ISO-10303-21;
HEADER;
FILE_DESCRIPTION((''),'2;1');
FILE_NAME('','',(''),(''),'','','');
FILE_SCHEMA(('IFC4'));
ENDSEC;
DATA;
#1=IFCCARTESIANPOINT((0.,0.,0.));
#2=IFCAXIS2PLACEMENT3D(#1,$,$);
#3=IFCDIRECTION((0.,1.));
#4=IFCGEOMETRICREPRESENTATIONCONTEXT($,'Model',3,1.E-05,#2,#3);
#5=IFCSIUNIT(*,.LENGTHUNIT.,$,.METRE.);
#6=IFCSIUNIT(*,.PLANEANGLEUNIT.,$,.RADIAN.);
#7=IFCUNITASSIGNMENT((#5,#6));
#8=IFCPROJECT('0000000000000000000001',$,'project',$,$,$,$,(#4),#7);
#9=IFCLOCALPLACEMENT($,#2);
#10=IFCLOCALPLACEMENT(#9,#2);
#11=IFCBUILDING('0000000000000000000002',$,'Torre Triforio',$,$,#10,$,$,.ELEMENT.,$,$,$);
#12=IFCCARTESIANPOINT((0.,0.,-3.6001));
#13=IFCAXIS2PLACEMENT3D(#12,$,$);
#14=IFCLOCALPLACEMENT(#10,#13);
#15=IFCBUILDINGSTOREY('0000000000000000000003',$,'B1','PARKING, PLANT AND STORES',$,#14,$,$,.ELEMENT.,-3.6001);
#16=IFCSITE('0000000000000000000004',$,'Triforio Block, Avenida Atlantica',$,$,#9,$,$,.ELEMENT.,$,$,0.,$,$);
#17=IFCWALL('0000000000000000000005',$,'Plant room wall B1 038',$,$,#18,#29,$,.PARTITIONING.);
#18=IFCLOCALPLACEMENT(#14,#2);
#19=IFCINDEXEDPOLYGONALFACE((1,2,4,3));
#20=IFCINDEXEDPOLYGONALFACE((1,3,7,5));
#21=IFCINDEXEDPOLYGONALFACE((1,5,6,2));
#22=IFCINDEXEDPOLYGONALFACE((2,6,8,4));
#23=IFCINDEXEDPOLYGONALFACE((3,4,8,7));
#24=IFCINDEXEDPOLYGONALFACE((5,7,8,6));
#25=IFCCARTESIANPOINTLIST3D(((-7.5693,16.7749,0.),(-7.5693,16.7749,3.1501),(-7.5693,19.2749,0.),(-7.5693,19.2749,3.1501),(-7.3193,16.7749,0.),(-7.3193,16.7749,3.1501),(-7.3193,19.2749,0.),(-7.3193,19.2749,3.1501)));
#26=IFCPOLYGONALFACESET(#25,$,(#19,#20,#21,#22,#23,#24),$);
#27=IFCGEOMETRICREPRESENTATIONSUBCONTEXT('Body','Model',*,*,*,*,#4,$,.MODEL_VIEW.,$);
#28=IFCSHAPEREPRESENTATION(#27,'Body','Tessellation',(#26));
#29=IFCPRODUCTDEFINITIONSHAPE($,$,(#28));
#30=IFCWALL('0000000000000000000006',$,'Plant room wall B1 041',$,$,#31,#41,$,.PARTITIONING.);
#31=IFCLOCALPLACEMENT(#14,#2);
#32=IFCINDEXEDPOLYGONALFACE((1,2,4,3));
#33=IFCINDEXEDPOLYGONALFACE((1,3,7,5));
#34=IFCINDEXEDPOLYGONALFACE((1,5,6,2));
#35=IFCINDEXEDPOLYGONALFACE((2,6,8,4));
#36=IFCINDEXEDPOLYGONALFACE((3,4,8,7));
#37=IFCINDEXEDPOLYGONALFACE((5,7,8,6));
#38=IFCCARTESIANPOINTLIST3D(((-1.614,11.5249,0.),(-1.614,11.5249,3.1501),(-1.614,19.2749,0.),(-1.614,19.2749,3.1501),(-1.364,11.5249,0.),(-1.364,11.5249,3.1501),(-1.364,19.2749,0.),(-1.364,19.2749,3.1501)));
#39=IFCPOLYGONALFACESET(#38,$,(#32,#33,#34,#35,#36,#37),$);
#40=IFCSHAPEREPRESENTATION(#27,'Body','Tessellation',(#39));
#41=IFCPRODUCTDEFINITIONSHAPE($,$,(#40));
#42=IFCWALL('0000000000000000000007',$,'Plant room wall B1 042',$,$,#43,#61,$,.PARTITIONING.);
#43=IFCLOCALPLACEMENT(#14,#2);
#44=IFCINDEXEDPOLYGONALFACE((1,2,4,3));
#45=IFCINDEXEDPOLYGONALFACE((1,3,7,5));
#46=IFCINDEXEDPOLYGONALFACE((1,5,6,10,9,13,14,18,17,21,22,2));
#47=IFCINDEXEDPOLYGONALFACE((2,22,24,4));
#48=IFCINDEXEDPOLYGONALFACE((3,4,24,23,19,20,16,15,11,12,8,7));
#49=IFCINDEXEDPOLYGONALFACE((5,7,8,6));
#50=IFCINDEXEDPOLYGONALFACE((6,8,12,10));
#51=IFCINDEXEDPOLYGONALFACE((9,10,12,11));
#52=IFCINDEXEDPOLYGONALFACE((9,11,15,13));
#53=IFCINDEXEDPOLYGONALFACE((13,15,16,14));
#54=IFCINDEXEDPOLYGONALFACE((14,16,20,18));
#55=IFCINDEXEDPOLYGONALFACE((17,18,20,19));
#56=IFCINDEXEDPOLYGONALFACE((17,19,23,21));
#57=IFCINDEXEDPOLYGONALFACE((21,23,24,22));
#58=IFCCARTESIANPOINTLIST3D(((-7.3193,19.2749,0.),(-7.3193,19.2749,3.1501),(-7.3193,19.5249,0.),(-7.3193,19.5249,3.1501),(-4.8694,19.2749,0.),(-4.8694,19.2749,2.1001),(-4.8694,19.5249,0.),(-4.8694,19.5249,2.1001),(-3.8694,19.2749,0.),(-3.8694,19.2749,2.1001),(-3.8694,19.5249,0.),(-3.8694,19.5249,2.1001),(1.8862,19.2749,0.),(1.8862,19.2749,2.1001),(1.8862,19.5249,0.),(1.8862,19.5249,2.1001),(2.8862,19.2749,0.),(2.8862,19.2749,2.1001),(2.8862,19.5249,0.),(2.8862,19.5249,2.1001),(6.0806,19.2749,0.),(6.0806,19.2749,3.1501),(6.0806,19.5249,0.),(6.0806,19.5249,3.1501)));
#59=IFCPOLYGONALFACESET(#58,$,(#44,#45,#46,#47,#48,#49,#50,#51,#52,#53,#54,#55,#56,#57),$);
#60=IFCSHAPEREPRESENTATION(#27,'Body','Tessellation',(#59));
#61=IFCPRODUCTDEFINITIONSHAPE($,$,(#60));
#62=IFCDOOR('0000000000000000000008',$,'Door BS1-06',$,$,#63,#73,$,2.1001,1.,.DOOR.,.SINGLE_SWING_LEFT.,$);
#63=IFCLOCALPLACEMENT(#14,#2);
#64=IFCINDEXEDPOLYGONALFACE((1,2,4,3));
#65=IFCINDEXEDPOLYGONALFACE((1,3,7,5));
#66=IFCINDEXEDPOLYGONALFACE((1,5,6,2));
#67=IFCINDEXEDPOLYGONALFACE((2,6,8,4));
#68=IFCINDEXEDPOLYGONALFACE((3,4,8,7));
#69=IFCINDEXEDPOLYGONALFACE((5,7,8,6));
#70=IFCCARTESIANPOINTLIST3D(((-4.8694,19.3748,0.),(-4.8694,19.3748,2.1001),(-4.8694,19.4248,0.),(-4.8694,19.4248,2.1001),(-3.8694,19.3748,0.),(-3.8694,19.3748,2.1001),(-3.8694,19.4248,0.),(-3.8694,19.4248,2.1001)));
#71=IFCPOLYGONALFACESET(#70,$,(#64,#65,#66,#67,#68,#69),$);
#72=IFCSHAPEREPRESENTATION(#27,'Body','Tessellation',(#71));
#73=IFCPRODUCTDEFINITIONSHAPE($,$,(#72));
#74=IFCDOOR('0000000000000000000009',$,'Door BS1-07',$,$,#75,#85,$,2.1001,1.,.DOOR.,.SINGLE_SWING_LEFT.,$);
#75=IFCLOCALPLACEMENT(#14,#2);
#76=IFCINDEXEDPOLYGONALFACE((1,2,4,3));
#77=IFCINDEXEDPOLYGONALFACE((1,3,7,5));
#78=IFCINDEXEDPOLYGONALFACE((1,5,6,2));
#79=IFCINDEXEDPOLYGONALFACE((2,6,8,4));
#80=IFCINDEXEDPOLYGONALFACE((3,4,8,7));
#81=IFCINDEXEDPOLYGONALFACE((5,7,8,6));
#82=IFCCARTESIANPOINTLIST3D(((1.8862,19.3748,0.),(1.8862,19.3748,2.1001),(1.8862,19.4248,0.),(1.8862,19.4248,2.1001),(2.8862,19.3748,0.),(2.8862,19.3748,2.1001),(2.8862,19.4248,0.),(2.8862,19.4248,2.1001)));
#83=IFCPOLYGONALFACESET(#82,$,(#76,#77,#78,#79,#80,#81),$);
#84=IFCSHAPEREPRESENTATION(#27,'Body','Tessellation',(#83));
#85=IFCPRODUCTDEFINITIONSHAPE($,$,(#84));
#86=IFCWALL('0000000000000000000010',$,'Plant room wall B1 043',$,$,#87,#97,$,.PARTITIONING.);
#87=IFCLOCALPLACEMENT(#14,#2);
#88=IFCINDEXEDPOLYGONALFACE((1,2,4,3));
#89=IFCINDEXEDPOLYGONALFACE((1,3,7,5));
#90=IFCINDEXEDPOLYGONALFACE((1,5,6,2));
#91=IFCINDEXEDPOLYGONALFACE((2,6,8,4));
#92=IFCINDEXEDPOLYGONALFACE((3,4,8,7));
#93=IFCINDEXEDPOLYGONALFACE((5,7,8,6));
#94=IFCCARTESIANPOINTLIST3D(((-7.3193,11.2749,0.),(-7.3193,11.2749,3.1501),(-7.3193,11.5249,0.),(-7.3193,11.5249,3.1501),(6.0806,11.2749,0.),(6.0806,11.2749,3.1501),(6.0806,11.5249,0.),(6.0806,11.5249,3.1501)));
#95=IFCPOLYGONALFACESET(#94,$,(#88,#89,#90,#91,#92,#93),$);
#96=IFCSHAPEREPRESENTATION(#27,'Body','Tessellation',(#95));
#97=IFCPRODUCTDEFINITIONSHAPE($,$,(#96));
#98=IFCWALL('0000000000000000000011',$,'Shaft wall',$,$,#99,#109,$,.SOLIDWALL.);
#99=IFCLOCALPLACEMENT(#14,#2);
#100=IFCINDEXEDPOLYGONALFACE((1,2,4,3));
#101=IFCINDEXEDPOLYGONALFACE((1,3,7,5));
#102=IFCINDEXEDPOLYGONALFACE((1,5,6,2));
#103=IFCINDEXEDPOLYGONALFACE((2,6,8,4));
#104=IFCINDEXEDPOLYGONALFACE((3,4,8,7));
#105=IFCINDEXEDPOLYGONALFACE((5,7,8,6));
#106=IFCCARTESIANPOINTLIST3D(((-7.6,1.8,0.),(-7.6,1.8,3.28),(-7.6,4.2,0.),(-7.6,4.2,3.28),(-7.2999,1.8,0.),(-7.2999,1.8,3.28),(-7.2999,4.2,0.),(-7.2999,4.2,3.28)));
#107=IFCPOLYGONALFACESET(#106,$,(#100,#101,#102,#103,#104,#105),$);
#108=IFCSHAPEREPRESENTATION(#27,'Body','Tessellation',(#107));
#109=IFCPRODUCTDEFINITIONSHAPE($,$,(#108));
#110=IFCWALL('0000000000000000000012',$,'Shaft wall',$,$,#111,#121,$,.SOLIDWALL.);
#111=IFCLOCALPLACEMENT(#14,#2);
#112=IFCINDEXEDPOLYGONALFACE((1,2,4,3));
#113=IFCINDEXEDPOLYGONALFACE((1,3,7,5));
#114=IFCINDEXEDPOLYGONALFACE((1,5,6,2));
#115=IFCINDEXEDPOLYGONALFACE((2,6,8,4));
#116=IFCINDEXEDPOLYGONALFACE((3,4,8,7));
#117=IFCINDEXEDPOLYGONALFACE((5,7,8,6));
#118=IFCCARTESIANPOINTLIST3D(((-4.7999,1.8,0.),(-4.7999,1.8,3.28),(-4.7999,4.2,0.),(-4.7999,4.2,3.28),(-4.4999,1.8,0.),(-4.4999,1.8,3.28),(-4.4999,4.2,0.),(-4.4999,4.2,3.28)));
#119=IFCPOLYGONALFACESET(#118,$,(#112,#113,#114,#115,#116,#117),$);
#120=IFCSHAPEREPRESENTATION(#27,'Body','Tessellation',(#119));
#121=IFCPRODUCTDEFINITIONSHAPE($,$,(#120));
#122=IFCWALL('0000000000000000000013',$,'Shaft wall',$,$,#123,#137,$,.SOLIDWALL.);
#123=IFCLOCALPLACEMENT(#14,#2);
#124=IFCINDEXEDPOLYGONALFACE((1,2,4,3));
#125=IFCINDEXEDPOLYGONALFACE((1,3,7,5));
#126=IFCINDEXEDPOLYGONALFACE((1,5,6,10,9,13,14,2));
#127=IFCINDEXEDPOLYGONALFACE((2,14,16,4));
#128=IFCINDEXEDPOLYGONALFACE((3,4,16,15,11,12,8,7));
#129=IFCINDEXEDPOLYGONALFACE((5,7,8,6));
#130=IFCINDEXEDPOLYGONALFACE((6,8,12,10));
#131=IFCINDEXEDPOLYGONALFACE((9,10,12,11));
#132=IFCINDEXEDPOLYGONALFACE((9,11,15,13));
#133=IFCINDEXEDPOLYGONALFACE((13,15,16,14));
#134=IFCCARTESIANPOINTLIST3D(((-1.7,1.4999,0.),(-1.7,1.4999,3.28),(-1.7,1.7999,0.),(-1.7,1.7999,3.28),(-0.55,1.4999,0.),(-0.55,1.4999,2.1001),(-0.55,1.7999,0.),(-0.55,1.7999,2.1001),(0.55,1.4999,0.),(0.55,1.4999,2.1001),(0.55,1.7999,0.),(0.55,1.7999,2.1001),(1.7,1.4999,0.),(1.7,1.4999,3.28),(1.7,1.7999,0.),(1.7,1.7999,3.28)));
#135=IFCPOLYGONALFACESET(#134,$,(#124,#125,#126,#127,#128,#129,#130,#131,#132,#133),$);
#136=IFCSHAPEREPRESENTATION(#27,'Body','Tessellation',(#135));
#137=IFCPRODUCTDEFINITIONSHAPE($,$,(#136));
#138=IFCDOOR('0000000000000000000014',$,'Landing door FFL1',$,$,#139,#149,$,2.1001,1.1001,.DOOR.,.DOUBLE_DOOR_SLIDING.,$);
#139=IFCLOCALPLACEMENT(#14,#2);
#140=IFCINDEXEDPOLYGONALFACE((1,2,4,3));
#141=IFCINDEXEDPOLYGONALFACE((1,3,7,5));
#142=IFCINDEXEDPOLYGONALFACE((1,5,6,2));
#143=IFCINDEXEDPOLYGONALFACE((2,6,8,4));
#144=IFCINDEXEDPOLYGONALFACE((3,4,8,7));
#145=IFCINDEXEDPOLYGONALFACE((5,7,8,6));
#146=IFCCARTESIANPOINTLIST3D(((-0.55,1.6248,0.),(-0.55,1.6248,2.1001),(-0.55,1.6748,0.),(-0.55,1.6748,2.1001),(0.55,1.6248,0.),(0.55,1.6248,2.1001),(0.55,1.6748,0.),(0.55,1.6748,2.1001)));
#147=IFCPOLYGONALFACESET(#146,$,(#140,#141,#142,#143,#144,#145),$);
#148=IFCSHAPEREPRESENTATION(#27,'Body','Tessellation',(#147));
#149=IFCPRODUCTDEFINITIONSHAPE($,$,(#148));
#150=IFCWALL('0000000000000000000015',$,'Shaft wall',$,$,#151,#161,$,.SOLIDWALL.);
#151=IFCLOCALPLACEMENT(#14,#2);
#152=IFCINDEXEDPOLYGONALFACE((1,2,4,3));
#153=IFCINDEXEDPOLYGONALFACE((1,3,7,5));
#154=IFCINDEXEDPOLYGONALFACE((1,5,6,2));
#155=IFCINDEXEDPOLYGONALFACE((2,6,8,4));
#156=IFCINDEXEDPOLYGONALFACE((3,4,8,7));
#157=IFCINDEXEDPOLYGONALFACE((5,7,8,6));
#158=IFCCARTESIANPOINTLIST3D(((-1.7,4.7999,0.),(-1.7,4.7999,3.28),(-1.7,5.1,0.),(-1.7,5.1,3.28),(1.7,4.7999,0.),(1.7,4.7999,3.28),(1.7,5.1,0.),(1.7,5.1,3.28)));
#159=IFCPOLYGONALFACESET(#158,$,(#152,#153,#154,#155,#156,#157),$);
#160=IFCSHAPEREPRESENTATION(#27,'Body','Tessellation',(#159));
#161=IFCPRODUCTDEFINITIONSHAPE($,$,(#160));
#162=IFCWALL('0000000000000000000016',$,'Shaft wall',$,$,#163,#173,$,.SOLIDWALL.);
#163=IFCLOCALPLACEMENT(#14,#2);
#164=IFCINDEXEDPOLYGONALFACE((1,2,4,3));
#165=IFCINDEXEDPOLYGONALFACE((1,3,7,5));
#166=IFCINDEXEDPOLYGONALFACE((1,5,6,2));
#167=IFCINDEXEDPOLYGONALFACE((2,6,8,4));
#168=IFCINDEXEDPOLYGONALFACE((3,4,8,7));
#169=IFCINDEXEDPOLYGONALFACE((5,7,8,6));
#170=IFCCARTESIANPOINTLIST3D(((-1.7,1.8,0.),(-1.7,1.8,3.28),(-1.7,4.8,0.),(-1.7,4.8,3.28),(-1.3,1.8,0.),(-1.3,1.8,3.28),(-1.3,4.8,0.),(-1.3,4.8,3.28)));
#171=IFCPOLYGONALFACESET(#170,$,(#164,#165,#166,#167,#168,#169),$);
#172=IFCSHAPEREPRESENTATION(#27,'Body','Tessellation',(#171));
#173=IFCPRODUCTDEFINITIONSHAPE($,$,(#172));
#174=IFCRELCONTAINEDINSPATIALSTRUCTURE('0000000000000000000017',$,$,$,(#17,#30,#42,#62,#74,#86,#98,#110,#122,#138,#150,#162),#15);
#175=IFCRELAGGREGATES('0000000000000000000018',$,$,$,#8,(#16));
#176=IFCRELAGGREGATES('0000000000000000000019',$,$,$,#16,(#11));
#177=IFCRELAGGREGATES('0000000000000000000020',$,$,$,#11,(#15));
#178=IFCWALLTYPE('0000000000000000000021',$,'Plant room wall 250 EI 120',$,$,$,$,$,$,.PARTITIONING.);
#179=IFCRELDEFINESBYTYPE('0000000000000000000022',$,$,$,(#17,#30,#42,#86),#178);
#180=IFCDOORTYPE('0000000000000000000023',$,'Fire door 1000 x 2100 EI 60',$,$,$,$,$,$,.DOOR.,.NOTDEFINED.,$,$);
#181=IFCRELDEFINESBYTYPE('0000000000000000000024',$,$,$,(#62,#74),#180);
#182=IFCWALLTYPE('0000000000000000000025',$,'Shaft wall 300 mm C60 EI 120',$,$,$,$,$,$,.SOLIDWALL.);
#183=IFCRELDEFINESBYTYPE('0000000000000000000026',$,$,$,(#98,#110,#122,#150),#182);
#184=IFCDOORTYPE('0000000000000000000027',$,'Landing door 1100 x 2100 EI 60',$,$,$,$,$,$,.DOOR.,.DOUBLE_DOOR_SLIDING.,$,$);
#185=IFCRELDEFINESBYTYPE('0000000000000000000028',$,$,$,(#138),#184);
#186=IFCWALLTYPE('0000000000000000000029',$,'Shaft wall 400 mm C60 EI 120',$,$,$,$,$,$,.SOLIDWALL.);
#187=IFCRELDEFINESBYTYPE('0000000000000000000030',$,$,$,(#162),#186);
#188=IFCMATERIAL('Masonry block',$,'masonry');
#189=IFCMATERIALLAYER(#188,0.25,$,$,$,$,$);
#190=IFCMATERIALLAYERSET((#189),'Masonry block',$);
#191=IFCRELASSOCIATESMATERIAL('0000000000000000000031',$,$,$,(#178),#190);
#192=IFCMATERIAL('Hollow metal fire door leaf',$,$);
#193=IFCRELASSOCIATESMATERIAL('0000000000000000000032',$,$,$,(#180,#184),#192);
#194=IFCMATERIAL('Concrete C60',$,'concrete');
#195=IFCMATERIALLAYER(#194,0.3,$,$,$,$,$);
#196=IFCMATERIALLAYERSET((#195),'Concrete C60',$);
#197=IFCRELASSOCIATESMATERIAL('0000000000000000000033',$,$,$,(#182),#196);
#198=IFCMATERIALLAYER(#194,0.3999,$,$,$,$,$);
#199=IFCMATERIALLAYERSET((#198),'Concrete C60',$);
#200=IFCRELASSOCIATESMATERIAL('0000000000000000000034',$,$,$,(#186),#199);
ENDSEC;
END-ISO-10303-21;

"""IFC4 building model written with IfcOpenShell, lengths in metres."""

from ifc_helpers import new_model, si_unit, direction, frame, frame_2d, origin, place, context, subcontext, project, spatial, rectangle, extrude, material, layer, layer_set, type_object, element, fill, save


model = new_model("IFC4")

# Units and contexts
model_context = context("Model", 3, precision=1e-05, world=origin(), true_north=direction((0.0, 1.0)))
body_context = subcontext(model_context, "Body", "Model", "MODEL_VIEW")
ifc_project = project(units=[si_unit("LENGTHUNIT", "METRE"), si_unit("PLANEANGLEUNIT", "RADIAN")], contexts=[model_context])

# Site, building, storey
site_placement = place(None, origin())
site = spatial("IfcSite", under=ifc_project, at=site_placement, Name="Triforio Block, Avenida Atlantica", CompositionType="ELEMENT", RefElevation=0.0)
building_placement = place(site_placement, origin())
building = spatial("IfcBuilding", under=site, at=building_placement, Name="Torre Triforio", CompositionType="ELEMENT")
storey_placement = place(building_placement, frame((0.0, 0.0, -3.6001)))
storey = spatial("IfcBuildingStorey", under=building, at=storey_placement, Name="B1", Description="PARKING, PLANT AND STORES", CompositionType="ELEMENT", Elevation=-3.6001)

# Shared definitions
ifc_material_1 = material(Name="Concrete C60", Category="concrete")

# Shared definitions
ifc_material_2 = material(Name="Hollow metal fire door leaf")

# Walls
ifc_material_3 = material(Name="Masonry block", Category="masonry")
ifc_layer_1 = layer(ifc_material_3, 0.25)
ifc_layer_set_1 = layer_set([ifc_layer_1], Name="Masonry block")
wall_type_1 = type_object("IfcWallType", Name="Plant room wall 250 EI 120", PredefinedType="PARTITIONING", material=ifc_layer_set_1)
wall_1_placement = place(storey_placement, frame((-7.4443, 16.7749, 0.0), z_axis=(0.0, 0.0, 1.0), x_axis=(0.0, 1.0, 0.0)))
element("IfcWall", 1, at=wall_1_placement, inside=storey, type_object=wall_type_1, Name="Plant room wall B1 038", PredefinedType="PARTITIONING", context=body_context, shape_type="SweptSolid", body=[
    extrude(rectangle(XDim=2.5, YDim=0.25, at=frame_2d((1.25, 0.0))), origin(), (0.0, 0.0, 1.0), 3.1501),
])
wall_2_placement = place(storey_placement, frame((-1.489, 11.5249, 0.0), z_axis=(0.0, 0.0, 1.0), x_axis=(0.0, 1.0, 0.0)))
element("IfcWall", 2, at=wall_2_placement, inside=storey, type_object=wall_type_1, Name="Plant room wall B1 041", PredefinedType="PARTITIONING", context=body_context, shape_type="SweptSolid", body=[
    extrude(rectangle(XDim=7.75, YDim=0.25, at=frame_2d((3.875, 0.0))), origin(), (0.0, 0.0, 1.0), 3.1501),
])

# Wall, openings, doors
wall_3_placement = place(storey_placement, frame((-7.3193, 19.3999, 0.0), z_axis=(0.0, 0.0, 1.0), x_axis=(1.0, 0.0, 0.0)))
wall_3 = element("IfcWall", 3, at=wall_3_placement, inside=storey, type_object=wall_type_1, Name="Plant room wall B1 042", PredefinedType="PARTITIONING", context=body_context, shape_type="SweptSolid", body=[
    extrude(rectangle(XDim=13.3999, YDim=0.25, at=frame_2d((6.7, 0.0))), origin(), (0.0, 0.0, 1.0), 3.1501),
])
opening_1_placement = place(wall_3_placement, frame((2.45, 0.0, 0.0)))
opening_1 = element("IfcOpeningElement", 4, at=opening_1_placement, cuts=wall_3, PredefinedType="OPENING", context=body_context, shape_type="SweptSolid", body=[
    extrude(rectangle(XDim=1.0, YDim=2.1001, at=frame_2d((0.5, 1.05))), frame((0.0, 0.135, 0.0), z_axis=(0.0, -1.0, 0.0), x_axis=(1.0, 0.0, 0.0)), (0.0, 0.0, 1.0), 0.27),
])
opening_2_placement = place(wall_3_placement, frame((9.2056, 0.0, 0.0)))
opening_2 = element("IfcOpeningElement", 5, at=opening_2_placement, cuts=wall_3, PredefinedType="OPENING", context=body_context, shape_type="SweptSolid", body=[
    extrude(rectangle(XDim=1.0, YDim=2.1001, at=frame_2d((0.5, 1.05))), frame((0.0, 0.135, 0.0), z_axis=(0.0, -1.0, 0.0), x_axis=(1.0, 0.0, 0.0)), (0.0, 0.0, 1.0), 0.27),
])
door_type_1 = type_object("IfcDoorType", Name="Fire door 1000 x 2100 EI 60", OperationType="NOTDEFINED", PredefinedType="DOOR", material=ifc_material_2)
door_1_placement = place(opening_1_placement, origin())
door_1 = element("IfcDoor", 6, at=door_1_placement, inside=storey, type_object=door_type_1, Name="Door BS1-06", OperationType="SINGLE_SWING_LEFT", OverallHeight=2.1001, OverallWidth=1.0, PredefinedType="DOOR", context=body_context, shape_type="SweptSolid", body=[
    extrude(rectangle(XDim=1.0, YDim=2.1001, at=frame_2d((0.5, 1.05))), frame((0.0, 0.0249, 0.0), z_axis=(0.0, -1.0, 0.0), x_axis=(1.0, 0.0, 0.0)), (0.0, 0.0, 1.0), 0.05),
])
fill(opening_1, door_1)
door_2_placement = place(opening_2_placement, origin())
door_2 = element("IfcDoor", 7, at=door_2_placement, inside=storey, type_object=door_type_1, Name="Door BS1-07", OperationType="SINGLE_SWING_LEFT", OverallHeight=2.1001, OverallWidth=1.0, PredefinedType="DOOR", context=body_context, shape_type="SweptSolid", body=[
    extrude(rectangle(XDim=1.0, YDim=2.1001, at=frame_2d((0.5, 1.05))), frame((0.0, 0.0249, 0.0), z_axis=(0.0, -1.0, 0.0), x_axis=(1.0, 0.0, 0.0)), (0.0, 0.0, 1.0), 0.05),
])
fill(opening_2, door_2)

# Walls
wall_4_placement = place(storey_placement, frame((-7.3193, 11.3999, 0.0), z_axis=(0.0, 0.0, 1.0), x_axis=(1.0, 0.0, 0.0)))
element("IfcWall", 8, at=wall_4_placement, inside=storey, type_object=wall_type_1, Name="Plant room wall B1 043", PredefinedType="PARTITIONING", context=body_context, shape_type="SweptSolid", body=[
    extrude(rectangle(XDim=13.3999, YDim=0.25, at=frame_2d((6.7, 0.0))), origin(), (0.0, 0.0, 1.0), 3.1501),
])
ifc_layer_2 = layer(ifc_material_1, 0.3)
ifc_layer_set_2 = layer_set([ifc_layer_2], Name="Concrete C60")
wall_type_2 = type_object("IfcWallType", Name="Shaft wall 300 mm C60 EI 120", PredefinedType="SOLIDWALL", material=ifc_layer_set_2)
for number, where, z_axis, x_axis, name in (
    (9, (-7.45, 1.8, 0.0), (0.0, 0.0, 1.0), (0.0, 1.0, 0.0), "Shaft wall"),
    (10, (-4.6499, 1.8, 0.0), (0.0, 0.0, 1.0), (0.0, 1.0, 0.0), "Shaft wall"),
):
    element("IfcWall", number, at=place(storey_placement, frame(where, z_axis=z_axis, x_axis=x_axis)), inside=storey, type_object=wall_type_2, Name=name, PredefinedType="SOLIDWALL", context=body_context, shape_type="SweptSolid", body=[
        extrude(rectangle(XDim=2.3999, YDim=0.3, at=frame_2d((1.2, 0.0))), origin(), (0.0, 0.0, 1.0), 3.28),
    ])

# Wall, opening, door
wall_5_placement = place(storey_placement, frame((-1.7, 1.6499, 0.0), z_axis=(0.0, 0.0, 1.0), x_axis=(1.0, 0.0, 0.0)))
wall_5 = element("IfcWall", 11, at=wall_5_placement, inside=storey, type_object=wall_type_2, Name="Shaft wall", PredefinedType="SOLIDWALL", context=body_context, shape_type="SweptSolid", body=[
    extrude(rectangle(XDim=3.3999, YDim=0.3, at=frame_2d((1.7, 0.0))), origin(), (0.0, 0.0, 1.0), 3.28),
])
opening_3_placement = place(wall_5_placement, frame((1.1499, 0.0, 0.0)))
opening_3 = element("IfcOpeningElement", 12, at=opening_3_placement, cuts=wall_5, PredefinedType="OPENING", context=body_context, shape_type="SweptSolid", body=[
    extrude(rectangle(XDim=1.1001, YDim=2.1001, at=frame_2d((0.55, 1.05))), frame((0.0, 0.1599, 0.0), z_axis=(0.0, -1.0, 0.0), x_axis=(1.0, 0.0, 0.0)), (0.0, 0.0, 1.0), 0.3201),
])
door_type_2 = type_object("IfcDoorType", Name="Landing door 1100 x 2100 EI 60", OperationType="DOUBLE_DOOR_SLIDING", PredefinedType="DOOR", material=ifc_material_2)
door_3_placement = place(opening_3_placement, origin())
door_3 = element("IfcDoor", 13, at=door_3_placement, inside=storey, type_object=door_type_2, Name="Landing door FFL1", OperationType="DOUBLE_DOOR_SLIDING", OverallHeight=2.1001, OverallWidth=1.1001, PredefinedType="DOOR", context=body_context, shape_type="SweptSolid", body=[
    extrude(rectangle(XDim=1.1001, YDim=2.1001, at=frame_2d((0.55, 1.05))), frame((0.0, 0.0249, 0.0), z_axis=(0.0, -1.0, 0.0), x_axis=(1.0, 0.0, 0.0)), (0.0, 0.0, 1.0), 0.05),
])
fill(opening_3, door_3)

# Walls
wall_6_placement = place(storey_placement, frame((-1.7, 4.95, 0.0), z_axis=(0.0, 0.0, 1.0), x_axis=(1.0, 0.0, 0.0)))
element("IfcWall", 14, at=wall_6_placement, inside=storey, type_object=wall_type_2, Name="Shaft wall", PredefinedType="SOLIDWALL", context=body_context, shape_type="SweptSolid", body=[
    extrude(rectangle(XDim=3.3999, YDim=0.3, at=frame_2d((1.7, 0.0))), origin(), (0.0, 0.0, 1.0), 3.28),
])
ifc_layer_3 = layer(ifc_material_1, 0.3999)
ifc_layer_set_3 = layer_set([ifc_layer_3], Name="Concrete C60")
wall_type_3 = type_object("IfcWallType", Name="Shaft wall 400 mm C60 EI 120", PredefinedType="SOLIDWALL", material=ifc_layer_set_3)
wall_7_placement = place(storey_placement, frame((-1.5, 1.8, 0.0), z_axis=(0.0, 0.0, 1.0), x_axis=(0.0, 1.0, 0.0)))
element("IfcWall", 15, at=wall_7_placement, inside=storey, type_object=wall_type_3, Name="Shaft wall", PredefinedType="SOLIDWALL", context=body_context, shape_type="SweptSolid", body=[
    extrude(rectangle(XDim=3.0, YDim=0.3999, at=frame_2d((1.5, 0.0))), origin(), (0.0, 0.0, 1.0), 3.28),
])

save(model, "model.ifc")
